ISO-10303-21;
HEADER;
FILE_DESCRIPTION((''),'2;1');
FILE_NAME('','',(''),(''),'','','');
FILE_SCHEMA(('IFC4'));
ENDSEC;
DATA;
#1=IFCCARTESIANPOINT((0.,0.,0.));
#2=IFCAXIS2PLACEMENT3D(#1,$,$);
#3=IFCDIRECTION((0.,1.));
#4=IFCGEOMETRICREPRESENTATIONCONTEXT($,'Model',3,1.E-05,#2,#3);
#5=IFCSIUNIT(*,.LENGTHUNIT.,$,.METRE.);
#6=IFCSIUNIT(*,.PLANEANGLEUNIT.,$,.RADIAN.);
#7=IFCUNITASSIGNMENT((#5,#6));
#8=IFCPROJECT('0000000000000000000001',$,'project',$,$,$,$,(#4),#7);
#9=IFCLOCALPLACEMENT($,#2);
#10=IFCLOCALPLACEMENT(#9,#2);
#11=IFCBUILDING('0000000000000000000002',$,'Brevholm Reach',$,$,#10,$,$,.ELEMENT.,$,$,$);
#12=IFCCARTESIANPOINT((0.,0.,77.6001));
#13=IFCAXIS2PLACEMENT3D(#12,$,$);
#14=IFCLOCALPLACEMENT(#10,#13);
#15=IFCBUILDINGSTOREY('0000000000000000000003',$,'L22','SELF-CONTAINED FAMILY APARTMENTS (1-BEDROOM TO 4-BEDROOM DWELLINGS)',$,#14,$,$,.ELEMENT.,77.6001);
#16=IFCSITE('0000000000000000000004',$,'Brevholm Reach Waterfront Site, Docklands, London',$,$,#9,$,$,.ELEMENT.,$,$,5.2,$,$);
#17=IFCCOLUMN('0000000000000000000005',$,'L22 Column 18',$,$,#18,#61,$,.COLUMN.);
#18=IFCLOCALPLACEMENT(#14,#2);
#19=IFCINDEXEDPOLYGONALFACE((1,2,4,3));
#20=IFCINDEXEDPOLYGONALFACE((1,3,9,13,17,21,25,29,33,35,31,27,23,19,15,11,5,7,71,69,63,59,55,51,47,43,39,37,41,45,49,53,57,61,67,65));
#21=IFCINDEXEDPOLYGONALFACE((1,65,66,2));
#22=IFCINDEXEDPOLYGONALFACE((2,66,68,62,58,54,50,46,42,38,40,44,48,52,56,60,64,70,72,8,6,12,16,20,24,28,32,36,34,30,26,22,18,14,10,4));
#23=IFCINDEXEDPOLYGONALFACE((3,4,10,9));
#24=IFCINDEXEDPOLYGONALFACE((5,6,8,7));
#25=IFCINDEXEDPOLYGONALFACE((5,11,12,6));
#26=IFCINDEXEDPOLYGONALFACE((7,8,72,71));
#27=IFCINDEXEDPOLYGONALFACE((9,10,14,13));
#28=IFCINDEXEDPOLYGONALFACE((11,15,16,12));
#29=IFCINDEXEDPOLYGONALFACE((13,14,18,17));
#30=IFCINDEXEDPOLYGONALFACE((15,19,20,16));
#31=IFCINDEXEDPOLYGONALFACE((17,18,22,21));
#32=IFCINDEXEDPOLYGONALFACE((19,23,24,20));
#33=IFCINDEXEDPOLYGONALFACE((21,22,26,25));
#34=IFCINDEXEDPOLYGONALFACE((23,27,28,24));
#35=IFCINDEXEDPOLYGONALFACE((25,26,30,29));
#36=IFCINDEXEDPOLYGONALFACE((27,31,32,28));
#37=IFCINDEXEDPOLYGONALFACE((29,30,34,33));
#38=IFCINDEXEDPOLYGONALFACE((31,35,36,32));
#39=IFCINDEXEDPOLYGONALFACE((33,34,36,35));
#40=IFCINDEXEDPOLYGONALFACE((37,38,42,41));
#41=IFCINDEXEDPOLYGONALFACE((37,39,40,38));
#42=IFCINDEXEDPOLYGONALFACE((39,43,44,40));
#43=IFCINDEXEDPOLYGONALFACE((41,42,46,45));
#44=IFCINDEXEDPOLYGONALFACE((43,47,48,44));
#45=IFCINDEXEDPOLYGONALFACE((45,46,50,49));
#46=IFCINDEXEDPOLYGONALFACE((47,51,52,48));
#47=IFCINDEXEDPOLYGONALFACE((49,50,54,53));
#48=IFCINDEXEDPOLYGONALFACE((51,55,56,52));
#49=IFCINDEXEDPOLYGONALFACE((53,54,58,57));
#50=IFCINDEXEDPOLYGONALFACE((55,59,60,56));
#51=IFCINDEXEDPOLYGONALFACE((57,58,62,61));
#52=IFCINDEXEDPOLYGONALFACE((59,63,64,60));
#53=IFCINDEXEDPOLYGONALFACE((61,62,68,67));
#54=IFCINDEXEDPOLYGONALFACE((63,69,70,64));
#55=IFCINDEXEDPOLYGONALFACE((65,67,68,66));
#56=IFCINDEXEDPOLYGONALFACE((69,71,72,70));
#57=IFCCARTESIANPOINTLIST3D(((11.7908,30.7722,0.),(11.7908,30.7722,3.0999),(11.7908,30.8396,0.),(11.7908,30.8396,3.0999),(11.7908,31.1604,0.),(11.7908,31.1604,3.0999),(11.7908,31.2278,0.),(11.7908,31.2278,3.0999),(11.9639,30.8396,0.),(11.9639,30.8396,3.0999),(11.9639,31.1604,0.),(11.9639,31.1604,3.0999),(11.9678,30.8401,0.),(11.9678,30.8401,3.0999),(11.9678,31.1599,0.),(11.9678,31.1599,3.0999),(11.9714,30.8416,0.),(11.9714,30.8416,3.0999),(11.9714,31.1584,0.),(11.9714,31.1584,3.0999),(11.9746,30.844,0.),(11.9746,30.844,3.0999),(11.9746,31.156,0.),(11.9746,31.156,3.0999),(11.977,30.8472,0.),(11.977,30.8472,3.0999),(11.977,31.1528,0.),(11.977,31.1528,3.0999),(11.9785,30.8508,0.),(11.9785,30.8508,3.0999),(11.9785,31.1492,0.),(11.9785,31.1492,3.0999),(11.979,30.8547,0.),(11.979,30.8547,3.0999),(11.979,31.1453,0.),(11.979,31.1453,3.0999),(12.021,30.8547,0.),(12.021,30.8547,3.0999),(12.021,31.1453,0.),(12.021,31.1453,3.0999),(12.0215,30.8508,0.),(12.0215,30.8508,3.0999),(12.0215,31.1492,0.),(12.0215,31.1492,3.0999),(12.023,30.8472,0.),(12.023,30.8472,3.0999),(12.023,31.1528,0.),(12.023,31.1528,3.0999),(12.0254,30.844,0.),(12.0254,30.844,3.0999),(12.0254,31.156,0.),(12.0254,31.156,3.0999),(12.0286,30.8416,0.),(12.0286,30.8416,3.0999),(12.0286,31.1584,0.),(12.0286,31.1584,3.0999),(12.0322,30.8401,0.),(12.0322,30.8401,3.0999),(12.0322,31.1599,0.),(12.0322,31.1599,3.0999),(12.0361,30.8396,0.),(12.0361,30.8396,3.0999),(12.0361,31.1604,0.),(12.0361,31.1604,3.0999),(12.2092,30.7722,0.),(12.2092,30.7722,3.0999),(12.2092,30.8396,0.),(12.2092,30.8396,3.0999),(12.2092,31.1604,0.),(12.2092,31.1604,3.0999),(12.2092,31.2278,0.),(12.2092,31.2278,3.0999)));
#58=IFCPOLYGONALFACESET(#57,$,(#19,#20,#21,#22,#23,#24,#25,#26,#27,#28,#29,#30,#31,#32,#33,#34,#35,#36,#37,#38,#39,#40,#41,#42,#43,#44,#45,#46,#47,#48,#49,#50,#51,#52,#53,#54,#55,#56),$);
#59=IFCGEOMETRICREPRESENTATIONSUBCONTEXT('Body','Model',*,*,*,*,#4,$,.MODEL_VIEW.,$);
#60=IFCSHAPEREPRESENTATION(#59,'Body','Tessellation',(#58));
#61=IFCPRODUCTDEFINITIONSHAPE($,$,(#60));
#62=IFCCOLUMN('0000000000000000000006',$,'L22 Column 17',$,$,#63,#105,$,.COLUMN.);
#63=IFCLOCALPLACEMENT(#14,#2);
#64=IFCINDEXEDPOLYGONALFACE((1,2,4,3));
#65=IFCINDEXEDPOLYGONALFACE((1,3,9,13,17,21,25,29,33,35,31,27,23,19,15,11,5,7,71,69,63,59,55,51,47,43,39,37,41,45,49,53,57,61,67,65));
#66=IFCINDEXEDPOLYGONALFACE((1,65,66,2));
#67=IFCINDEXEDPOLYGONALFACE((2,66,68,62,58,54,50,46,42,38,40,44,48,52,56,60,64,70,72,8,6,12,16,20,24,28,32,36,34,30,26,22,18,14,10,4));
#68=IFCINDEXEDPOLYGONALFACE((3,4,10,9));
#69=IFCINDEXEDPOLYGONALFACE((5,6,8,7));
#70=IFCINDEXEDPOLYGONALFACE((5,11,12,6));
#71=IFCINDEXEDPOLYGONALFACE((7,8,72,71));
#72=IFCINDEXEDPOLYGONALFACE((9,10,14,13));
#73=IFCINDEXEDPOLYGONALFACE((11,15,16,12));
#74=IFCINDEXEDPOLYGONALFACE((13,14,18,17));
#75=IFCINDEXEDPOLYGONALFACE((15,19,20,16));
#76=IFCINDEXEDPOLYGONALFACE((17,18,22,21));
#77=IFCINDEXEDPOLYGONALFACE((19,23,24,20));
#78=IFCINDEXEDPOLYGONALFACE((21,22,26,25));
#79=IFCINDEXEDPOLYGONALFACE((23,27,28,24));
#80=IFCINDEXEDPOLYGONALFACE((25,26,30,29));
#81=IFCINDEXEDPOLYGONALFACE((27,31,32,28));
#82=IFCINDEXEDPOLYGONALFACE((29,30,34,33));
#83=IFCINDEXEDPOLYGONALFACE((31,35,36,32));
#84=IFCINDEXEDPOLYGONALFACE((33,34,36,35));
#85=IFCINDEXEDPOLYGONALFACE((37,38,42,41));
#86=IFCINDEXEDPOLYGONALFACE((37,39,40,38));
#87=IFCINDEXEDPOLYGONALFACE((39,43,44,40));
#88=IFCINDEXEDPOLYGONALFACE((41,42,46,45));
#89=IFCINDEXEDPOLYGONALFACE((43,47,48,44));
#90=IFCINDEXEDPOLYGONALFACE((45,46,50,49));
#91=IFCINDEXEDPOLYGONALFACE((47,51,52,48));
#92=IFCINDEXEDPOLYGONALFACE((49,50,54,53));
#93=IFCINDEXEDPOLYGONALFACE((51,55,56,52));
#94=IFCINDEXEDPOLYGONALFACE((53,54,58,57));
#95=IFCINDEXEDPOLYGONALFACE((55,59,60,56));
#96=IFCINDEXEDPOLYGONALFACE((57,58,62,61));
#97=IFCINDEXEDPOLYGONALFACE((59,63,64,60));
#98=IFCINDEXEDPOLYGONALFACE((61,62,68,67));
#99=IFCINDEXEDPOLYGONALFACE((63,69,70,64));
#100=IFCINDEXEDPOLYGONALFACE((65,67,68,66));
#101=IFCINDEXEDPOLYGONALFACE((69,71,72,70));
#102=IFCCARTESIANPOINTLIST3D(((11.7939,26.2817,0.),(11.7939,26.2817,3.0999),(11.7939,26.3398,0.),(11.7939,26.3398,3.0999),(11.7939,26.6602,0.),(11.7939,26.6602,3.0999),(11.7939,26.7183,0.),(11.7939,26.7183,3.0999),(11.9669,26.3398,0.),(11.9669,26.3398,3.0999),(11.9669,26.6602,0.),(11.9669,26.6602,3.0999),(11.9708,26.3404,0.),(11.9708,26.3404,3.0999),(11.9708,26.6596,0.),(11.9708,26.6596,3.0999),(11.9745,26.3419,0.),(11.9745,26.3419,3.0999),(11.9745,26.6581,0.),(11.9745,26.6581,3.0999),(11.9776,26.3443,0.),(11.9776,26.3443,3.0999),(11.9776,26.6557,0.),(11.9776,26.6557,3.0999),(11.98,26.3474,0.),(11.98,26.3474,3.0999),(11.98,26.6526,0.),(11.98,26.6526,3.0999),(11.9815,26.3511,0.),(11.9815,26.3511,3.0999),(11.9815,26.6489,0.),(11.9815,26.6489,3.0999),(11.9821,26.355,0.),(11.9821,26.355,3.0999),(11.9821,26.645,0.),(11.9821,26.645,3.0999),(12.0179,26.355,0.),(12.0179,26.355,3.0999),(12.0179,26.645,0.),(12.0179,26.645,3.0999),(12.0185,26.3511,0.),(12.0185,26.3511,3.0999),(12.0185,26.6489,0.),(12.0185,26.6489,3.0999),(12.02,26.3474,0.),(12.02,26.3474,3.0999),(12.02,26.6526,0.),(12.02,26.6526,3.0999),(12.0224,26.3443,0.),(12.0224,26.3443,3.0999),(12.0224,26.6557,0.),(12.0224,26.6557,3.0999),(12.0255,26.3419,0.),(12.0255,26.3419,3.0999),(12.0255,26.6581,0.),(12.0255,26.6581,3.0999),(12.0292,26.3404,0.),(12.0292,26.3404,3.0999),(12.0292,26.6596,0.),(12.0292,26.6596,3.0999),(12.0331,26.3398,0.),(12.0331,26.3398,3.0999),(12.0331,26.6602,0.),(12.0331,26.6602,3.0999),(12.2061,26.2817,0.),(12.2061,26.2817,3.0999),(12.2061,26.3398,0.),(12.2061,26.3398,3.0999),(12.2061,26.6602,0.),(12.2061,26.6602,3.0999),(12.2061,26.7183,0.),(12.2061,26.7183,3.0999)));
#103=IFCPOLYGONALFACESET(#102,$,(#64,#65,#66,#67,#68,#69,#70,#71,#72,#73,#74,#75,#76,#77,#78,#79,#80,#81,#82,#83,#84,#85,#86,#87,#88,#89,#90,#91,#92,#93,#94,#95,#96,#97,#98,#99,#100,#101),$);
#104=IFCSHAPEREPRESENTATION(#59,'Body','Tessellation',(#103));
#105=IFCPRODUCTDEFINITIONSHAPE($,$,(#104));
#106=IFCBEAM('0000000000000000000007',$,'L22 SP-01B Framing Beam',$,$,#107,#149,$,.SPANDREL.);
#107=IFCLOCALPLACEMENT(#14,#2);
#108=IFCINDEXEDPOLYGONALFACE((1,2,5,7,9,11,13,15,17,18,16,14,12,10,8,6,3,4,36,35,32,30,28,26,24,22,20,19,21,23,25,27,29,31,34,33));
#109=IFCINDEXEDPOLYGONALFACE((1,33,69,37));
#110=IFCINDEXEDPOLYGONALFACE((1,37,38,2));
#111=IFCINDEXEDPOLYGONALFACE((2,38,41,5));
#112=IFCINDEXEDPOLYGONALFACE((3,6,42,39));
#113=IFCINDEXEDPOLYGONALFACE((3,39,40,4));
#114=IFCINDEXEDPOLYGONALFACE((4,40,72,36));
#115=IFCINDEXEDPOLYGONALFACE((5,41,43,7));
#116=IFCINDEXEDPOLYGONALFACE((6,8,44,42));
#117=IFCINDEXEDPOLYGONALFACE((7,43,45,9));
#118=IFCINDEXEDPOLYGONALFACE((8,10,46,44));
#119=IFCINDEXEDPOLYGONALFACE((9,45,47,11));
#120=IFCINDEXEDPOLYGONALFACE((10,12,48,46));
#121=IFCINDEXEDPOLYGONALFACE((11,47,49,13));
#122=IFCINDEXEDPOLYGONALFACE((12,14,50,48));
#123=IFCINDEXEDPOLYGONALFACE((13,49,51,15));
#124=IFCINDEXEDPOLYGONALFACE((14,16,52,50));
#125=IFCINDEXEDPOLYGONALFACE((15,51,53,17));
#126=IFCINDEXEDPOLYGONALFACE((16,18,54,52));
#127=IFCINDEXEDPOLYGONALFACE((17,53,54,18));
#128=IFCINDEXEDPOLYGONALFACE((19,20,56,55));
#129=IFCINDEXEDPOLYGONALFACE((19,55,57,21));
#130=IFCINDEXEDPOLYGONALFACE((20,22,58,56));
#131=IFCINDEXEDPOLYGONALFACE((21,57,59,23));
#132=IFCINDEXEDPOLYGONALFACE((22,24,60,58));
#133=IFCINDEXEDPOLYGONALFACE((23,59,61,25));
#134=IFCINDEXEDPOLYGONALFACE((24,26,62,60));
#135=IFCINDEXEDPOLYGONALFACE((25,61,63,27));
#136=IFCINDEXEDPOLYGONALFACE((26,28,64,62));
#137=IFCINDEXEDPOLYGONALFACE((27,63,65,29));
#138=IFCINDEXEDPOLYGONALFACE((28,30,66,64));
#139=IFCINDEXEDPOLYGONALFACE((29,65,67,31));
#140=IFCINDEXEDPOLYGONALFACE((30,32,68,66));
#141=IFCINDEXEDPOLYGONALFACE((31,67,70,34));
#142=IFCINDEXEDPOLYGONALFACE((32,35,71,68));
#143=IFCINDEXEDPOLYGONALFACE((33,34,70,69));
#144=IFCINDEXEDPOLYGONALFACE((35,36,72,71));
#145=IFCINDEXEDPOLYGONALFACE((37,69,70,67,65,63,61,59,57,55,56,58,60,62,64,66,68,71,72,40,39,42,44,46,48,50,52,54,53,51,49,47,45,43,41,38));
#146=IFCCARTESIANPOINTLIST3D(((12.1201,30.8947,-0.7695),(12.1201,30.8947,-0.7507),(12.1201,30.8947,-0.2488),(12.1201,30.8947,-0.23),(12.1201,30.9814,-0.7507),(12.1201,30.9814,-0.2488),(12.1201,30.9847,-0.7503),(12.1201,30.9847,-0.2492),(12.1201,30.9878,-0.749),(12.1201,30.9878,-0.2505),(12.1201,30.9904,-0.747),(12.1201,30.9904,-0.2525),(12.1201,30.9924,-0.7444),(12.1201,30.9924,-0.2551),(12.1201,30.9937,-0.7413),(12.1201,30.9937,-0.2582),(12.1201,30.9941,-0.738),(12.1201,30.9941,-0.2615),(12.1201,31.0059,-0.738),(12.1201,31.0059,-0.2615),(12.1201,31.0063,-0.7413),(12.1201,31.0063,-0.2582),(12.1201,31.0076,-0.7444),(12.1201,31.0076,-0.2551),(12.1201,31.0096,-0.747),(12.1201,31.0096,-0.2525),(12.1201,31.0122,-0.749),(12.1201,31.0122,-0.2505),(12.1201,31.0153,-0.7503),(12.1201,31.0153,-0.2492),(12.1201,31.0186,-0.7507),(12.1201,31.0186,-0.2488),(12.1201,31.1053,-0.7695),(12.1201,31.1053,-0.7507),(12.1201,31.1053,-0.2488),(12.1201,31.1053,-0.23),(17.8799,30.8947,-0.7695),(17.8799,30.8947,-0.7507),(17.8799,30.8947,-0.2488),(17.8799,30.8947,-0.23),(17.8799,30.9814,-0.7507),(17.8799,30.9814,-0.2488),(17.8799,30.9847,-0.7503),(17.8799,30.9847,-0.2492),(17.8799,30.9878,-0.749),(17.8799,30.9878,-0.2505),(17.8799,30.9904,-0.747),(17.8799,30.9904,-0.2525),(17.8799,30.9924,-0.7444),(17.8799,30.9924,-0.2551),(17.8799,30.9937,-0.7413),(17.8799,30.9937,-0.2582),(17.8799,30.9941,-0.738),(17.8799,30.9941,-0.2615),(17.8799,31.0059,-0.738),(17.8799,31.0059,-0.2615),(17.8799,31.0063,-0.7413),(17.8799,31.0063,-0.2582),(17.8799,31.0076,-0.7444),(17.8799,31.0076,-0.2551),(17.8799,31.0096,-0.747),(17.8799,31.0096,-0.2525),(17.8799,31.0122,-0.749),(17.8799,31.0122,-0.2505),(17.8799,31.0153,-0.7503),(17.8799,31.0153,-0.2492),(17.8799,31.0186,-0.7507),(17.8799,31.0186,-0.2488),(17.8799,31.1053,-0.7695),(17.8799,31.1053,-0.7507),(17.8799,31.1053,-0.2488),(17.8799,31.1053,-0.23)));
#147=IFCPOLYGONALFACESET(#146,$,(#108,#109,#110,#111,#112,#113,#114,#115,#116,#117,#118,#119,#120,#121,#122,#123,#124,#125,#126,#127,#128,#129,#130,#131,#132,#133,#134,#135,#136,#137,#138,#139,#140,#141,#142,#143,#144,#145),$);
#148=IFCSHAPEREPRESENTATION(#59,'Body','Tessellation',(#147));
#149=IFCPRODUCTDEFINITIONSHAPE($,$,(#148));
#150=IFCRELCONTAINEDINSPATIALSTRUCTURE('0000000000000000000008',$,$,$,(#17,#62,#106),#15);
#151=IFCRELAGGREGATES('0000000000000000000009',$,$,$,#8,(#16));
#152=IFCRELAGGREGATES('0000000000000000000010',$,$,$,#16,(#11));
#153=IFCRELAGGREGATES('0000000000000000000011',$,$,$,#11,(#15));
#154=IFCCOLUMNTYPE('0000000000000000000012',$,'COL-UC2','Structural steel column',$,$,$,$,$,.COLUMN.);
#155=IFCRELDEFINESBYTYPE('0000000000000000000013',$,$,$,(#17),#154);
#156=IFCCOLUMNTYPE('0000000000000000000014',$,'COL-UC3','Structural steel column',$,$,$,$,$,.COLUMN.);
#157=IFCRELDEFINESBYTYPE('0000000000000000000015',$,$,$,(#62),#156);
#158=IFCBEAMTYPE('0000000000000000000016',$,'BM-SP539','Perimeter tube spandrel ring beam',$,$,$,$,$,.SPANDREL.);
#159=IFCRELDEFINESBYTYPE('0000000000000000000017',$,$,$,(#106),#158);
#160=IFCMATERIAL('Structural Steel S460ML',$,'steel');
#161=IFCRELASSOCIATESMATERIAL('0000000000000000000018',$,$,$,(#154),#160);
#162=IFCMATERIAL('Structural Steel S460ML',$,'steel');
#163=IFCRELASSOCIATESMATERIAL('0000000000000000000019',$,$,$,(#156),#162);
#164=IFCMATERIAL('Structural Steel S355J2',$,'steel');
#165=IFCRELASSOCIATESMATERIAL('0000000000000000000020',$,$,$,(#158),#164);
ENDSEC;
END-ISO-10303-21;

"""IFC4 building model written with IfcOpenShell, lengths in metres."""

from ifc_helpers import new_model, si_unit, direction, frame, origin, origin_2d, place, context, subcontext, project, spatial, i_section, extrude, material, material_profile, profile_set, type_object, element, save


model = new_model("IFC4")

# Units and contexts
model_context = context("Model", 3, precision=1e-05, world=origin(), true_north=direction((0.0, 1.0)))
body_context = subcontext(model_context, "Body", "Model", "MODEL_VIEW")
ifc_project = project(units=[si_unit("LENGTHUNIT", "METRE"), si_unit("PLANEANGLEUNIT", "RADIAN")], contexts=[model_context])

# Site, building, storey
site_placement = place(None, origin())
site = spatial("IfcSite", under=ifc_project, at=site_placement, Name="Brevholm Reach Waterfront Site, Docklands, London", CompositionType="ELEMENT", RefElevation=5.2)
building_placement = place(site_placement, origin())
building = spatial("IfcBuilding", under=site, at=building_placement, Name="Brevholm Reach", CompositionType="ELEMENT")
storey_placement = place(building_placement, frame((0.0, 0.0, 77.6001)))
storey = spatial("IfcBuildingStorey", under=building, at=storey_placement, Name="L22", Description="SELF-CONTAINED FAMILY APARTMENTS (1-BEDROOM TO 4-BEDROOM DWELLINGS)", CompositionType="ELEMENT", Elevation=77.6001)

# Columns
ifc_material_1 = material(Name="Structural Steel S460ML", Category="steel")
ifc_material_profile_1 = material_profile(ifc_material_1, i_section(OverallWidth=0.4185, OverallDepth=0.4556, WebThickness=0.042, FlangeThickness=0.0674, FilletRadius=0.0151, at=origin_2d()), Name="UKC 356x406x551")
ifc_profile_set_1 = profile_set([ifc_material_profile_1], Name="Structural Steel S460ML")
column_type_1 = type_object("IfcColumnType", Name="COL-UC2", Description="Structural steel column", PredefinedType="COLUMN", material=ifc_profile_set_1)
column_1_placement = place(storey_placement, frame((12.0, 31.0, 0.0), z_axis=(0.0, 0.0, 1.0), x_axis=(1.0, 0.0, 0.0)))
element("IfcColumn", 1, at=column_1_placement, inside=storey, type_object=column_type_1, Name="L22 Column 18", PredefinedType="COLUMN", context=body_context, shape_type="SweptSolid", body=[
    extrude(i_section(OverallWidth=0.4185, OverallDepth=0.4556, WebThickness=0.042, FlangeThickness=0.0674, FilletRadius=0.0151, at=origin_2d()), origin(), (0.0, 0.0, 1.0), 3.0999),
])
ifc_material_2 = material(Name="Structural Steel S460ML", Category="steel")
ifc_material_profile_2 = material_profile(ifc_material_2, i_section(OverallWidth=0.4121, OverallDepth=0.4365, WebThickness=0.0359, FlangeThickness=0.0581, FilletRadius=0.0151, at=origin_2d()), Name="UKC 356x406x467")
ifc_profile_set_2 = profile_set([ifc_material_profile_2], Name="Structural Steel S460ML")
column_type_2 = type_object("IfcColumnType", Name="COL-UC3", Description="Structural steel column", PredefinedType="COLUMN", material=ifc_profile_set_2)
column_2_placement = place(storey_placement, frame((12.0, 26.5, 0.0), z_axis=(0.0, 0.0, 1.0), x_axis=(1.0, 0.0, 0.0)))
element("IfcColumn", 2, at=column_2_placement, inside=storey, type_object=column_type_2, Name="L22 Column 17", PredefinedType="COLUMN", context=body_context, shape_type="SweptSolid", body=[
    extrude(i_section(OverallWidth=0.4121, OverallDepth=0.4365, WebThickness=0.0359, FlangeThickness=0.0581, FilletRadius=0.0151, at=origin_2d()), origin(), (0.0, 0.0, 1.0), 3.0999),
])

# Beam
ifc_material_3 = material(Name="Structural Steel S355J2", Category="steel")
ifc_material_profile_3 = material_profile(ifc_material_3, i_section(OverallWidth=0.2107, OverallDepth=0.5396, WebThickness=0.0117, FlangeThickness=0.0188, FilletRadius=0.0127, at=origin_2d()), Name="UKB 533x210x109")
ifc_profile_set_3 = profile_set([ifc_material_profile_3], Name="Structural Steel S355J2")
beam_type_1 = type_object("IfcBeamType", Name="BM-SP539", Description="Perimeter tube spandrel ring beam", PredefinedType="SPANDREL", material=ifc_profile_set_3)
beam_1_placement = place(storey_placement, frame((12.1201, 31.0, -0.4998), z_axis=(1.0, 0.0, 0.0), x_axis=(0.0, 1.0, 0.0)))
element("IfcBeam", 3, at=beam_1_placement, inside=storey, type_object=beam_type_1, Name="L22 SP-01B Framing Beam", PredefinedType="SPANDREL", context=body_context, shape_type="SweptSolid", body=[
    extrude(i_section(OverallWidth=0.2107, OverallDepth=0.5396, WebThickness=0.0117, FlangeThickness=0.0188, FilletRadius=0.0127, at=origin_2d()), origin(), (0.0, 0.0, 1.0), 5.7598),
])

save(model, "model.ifc")
